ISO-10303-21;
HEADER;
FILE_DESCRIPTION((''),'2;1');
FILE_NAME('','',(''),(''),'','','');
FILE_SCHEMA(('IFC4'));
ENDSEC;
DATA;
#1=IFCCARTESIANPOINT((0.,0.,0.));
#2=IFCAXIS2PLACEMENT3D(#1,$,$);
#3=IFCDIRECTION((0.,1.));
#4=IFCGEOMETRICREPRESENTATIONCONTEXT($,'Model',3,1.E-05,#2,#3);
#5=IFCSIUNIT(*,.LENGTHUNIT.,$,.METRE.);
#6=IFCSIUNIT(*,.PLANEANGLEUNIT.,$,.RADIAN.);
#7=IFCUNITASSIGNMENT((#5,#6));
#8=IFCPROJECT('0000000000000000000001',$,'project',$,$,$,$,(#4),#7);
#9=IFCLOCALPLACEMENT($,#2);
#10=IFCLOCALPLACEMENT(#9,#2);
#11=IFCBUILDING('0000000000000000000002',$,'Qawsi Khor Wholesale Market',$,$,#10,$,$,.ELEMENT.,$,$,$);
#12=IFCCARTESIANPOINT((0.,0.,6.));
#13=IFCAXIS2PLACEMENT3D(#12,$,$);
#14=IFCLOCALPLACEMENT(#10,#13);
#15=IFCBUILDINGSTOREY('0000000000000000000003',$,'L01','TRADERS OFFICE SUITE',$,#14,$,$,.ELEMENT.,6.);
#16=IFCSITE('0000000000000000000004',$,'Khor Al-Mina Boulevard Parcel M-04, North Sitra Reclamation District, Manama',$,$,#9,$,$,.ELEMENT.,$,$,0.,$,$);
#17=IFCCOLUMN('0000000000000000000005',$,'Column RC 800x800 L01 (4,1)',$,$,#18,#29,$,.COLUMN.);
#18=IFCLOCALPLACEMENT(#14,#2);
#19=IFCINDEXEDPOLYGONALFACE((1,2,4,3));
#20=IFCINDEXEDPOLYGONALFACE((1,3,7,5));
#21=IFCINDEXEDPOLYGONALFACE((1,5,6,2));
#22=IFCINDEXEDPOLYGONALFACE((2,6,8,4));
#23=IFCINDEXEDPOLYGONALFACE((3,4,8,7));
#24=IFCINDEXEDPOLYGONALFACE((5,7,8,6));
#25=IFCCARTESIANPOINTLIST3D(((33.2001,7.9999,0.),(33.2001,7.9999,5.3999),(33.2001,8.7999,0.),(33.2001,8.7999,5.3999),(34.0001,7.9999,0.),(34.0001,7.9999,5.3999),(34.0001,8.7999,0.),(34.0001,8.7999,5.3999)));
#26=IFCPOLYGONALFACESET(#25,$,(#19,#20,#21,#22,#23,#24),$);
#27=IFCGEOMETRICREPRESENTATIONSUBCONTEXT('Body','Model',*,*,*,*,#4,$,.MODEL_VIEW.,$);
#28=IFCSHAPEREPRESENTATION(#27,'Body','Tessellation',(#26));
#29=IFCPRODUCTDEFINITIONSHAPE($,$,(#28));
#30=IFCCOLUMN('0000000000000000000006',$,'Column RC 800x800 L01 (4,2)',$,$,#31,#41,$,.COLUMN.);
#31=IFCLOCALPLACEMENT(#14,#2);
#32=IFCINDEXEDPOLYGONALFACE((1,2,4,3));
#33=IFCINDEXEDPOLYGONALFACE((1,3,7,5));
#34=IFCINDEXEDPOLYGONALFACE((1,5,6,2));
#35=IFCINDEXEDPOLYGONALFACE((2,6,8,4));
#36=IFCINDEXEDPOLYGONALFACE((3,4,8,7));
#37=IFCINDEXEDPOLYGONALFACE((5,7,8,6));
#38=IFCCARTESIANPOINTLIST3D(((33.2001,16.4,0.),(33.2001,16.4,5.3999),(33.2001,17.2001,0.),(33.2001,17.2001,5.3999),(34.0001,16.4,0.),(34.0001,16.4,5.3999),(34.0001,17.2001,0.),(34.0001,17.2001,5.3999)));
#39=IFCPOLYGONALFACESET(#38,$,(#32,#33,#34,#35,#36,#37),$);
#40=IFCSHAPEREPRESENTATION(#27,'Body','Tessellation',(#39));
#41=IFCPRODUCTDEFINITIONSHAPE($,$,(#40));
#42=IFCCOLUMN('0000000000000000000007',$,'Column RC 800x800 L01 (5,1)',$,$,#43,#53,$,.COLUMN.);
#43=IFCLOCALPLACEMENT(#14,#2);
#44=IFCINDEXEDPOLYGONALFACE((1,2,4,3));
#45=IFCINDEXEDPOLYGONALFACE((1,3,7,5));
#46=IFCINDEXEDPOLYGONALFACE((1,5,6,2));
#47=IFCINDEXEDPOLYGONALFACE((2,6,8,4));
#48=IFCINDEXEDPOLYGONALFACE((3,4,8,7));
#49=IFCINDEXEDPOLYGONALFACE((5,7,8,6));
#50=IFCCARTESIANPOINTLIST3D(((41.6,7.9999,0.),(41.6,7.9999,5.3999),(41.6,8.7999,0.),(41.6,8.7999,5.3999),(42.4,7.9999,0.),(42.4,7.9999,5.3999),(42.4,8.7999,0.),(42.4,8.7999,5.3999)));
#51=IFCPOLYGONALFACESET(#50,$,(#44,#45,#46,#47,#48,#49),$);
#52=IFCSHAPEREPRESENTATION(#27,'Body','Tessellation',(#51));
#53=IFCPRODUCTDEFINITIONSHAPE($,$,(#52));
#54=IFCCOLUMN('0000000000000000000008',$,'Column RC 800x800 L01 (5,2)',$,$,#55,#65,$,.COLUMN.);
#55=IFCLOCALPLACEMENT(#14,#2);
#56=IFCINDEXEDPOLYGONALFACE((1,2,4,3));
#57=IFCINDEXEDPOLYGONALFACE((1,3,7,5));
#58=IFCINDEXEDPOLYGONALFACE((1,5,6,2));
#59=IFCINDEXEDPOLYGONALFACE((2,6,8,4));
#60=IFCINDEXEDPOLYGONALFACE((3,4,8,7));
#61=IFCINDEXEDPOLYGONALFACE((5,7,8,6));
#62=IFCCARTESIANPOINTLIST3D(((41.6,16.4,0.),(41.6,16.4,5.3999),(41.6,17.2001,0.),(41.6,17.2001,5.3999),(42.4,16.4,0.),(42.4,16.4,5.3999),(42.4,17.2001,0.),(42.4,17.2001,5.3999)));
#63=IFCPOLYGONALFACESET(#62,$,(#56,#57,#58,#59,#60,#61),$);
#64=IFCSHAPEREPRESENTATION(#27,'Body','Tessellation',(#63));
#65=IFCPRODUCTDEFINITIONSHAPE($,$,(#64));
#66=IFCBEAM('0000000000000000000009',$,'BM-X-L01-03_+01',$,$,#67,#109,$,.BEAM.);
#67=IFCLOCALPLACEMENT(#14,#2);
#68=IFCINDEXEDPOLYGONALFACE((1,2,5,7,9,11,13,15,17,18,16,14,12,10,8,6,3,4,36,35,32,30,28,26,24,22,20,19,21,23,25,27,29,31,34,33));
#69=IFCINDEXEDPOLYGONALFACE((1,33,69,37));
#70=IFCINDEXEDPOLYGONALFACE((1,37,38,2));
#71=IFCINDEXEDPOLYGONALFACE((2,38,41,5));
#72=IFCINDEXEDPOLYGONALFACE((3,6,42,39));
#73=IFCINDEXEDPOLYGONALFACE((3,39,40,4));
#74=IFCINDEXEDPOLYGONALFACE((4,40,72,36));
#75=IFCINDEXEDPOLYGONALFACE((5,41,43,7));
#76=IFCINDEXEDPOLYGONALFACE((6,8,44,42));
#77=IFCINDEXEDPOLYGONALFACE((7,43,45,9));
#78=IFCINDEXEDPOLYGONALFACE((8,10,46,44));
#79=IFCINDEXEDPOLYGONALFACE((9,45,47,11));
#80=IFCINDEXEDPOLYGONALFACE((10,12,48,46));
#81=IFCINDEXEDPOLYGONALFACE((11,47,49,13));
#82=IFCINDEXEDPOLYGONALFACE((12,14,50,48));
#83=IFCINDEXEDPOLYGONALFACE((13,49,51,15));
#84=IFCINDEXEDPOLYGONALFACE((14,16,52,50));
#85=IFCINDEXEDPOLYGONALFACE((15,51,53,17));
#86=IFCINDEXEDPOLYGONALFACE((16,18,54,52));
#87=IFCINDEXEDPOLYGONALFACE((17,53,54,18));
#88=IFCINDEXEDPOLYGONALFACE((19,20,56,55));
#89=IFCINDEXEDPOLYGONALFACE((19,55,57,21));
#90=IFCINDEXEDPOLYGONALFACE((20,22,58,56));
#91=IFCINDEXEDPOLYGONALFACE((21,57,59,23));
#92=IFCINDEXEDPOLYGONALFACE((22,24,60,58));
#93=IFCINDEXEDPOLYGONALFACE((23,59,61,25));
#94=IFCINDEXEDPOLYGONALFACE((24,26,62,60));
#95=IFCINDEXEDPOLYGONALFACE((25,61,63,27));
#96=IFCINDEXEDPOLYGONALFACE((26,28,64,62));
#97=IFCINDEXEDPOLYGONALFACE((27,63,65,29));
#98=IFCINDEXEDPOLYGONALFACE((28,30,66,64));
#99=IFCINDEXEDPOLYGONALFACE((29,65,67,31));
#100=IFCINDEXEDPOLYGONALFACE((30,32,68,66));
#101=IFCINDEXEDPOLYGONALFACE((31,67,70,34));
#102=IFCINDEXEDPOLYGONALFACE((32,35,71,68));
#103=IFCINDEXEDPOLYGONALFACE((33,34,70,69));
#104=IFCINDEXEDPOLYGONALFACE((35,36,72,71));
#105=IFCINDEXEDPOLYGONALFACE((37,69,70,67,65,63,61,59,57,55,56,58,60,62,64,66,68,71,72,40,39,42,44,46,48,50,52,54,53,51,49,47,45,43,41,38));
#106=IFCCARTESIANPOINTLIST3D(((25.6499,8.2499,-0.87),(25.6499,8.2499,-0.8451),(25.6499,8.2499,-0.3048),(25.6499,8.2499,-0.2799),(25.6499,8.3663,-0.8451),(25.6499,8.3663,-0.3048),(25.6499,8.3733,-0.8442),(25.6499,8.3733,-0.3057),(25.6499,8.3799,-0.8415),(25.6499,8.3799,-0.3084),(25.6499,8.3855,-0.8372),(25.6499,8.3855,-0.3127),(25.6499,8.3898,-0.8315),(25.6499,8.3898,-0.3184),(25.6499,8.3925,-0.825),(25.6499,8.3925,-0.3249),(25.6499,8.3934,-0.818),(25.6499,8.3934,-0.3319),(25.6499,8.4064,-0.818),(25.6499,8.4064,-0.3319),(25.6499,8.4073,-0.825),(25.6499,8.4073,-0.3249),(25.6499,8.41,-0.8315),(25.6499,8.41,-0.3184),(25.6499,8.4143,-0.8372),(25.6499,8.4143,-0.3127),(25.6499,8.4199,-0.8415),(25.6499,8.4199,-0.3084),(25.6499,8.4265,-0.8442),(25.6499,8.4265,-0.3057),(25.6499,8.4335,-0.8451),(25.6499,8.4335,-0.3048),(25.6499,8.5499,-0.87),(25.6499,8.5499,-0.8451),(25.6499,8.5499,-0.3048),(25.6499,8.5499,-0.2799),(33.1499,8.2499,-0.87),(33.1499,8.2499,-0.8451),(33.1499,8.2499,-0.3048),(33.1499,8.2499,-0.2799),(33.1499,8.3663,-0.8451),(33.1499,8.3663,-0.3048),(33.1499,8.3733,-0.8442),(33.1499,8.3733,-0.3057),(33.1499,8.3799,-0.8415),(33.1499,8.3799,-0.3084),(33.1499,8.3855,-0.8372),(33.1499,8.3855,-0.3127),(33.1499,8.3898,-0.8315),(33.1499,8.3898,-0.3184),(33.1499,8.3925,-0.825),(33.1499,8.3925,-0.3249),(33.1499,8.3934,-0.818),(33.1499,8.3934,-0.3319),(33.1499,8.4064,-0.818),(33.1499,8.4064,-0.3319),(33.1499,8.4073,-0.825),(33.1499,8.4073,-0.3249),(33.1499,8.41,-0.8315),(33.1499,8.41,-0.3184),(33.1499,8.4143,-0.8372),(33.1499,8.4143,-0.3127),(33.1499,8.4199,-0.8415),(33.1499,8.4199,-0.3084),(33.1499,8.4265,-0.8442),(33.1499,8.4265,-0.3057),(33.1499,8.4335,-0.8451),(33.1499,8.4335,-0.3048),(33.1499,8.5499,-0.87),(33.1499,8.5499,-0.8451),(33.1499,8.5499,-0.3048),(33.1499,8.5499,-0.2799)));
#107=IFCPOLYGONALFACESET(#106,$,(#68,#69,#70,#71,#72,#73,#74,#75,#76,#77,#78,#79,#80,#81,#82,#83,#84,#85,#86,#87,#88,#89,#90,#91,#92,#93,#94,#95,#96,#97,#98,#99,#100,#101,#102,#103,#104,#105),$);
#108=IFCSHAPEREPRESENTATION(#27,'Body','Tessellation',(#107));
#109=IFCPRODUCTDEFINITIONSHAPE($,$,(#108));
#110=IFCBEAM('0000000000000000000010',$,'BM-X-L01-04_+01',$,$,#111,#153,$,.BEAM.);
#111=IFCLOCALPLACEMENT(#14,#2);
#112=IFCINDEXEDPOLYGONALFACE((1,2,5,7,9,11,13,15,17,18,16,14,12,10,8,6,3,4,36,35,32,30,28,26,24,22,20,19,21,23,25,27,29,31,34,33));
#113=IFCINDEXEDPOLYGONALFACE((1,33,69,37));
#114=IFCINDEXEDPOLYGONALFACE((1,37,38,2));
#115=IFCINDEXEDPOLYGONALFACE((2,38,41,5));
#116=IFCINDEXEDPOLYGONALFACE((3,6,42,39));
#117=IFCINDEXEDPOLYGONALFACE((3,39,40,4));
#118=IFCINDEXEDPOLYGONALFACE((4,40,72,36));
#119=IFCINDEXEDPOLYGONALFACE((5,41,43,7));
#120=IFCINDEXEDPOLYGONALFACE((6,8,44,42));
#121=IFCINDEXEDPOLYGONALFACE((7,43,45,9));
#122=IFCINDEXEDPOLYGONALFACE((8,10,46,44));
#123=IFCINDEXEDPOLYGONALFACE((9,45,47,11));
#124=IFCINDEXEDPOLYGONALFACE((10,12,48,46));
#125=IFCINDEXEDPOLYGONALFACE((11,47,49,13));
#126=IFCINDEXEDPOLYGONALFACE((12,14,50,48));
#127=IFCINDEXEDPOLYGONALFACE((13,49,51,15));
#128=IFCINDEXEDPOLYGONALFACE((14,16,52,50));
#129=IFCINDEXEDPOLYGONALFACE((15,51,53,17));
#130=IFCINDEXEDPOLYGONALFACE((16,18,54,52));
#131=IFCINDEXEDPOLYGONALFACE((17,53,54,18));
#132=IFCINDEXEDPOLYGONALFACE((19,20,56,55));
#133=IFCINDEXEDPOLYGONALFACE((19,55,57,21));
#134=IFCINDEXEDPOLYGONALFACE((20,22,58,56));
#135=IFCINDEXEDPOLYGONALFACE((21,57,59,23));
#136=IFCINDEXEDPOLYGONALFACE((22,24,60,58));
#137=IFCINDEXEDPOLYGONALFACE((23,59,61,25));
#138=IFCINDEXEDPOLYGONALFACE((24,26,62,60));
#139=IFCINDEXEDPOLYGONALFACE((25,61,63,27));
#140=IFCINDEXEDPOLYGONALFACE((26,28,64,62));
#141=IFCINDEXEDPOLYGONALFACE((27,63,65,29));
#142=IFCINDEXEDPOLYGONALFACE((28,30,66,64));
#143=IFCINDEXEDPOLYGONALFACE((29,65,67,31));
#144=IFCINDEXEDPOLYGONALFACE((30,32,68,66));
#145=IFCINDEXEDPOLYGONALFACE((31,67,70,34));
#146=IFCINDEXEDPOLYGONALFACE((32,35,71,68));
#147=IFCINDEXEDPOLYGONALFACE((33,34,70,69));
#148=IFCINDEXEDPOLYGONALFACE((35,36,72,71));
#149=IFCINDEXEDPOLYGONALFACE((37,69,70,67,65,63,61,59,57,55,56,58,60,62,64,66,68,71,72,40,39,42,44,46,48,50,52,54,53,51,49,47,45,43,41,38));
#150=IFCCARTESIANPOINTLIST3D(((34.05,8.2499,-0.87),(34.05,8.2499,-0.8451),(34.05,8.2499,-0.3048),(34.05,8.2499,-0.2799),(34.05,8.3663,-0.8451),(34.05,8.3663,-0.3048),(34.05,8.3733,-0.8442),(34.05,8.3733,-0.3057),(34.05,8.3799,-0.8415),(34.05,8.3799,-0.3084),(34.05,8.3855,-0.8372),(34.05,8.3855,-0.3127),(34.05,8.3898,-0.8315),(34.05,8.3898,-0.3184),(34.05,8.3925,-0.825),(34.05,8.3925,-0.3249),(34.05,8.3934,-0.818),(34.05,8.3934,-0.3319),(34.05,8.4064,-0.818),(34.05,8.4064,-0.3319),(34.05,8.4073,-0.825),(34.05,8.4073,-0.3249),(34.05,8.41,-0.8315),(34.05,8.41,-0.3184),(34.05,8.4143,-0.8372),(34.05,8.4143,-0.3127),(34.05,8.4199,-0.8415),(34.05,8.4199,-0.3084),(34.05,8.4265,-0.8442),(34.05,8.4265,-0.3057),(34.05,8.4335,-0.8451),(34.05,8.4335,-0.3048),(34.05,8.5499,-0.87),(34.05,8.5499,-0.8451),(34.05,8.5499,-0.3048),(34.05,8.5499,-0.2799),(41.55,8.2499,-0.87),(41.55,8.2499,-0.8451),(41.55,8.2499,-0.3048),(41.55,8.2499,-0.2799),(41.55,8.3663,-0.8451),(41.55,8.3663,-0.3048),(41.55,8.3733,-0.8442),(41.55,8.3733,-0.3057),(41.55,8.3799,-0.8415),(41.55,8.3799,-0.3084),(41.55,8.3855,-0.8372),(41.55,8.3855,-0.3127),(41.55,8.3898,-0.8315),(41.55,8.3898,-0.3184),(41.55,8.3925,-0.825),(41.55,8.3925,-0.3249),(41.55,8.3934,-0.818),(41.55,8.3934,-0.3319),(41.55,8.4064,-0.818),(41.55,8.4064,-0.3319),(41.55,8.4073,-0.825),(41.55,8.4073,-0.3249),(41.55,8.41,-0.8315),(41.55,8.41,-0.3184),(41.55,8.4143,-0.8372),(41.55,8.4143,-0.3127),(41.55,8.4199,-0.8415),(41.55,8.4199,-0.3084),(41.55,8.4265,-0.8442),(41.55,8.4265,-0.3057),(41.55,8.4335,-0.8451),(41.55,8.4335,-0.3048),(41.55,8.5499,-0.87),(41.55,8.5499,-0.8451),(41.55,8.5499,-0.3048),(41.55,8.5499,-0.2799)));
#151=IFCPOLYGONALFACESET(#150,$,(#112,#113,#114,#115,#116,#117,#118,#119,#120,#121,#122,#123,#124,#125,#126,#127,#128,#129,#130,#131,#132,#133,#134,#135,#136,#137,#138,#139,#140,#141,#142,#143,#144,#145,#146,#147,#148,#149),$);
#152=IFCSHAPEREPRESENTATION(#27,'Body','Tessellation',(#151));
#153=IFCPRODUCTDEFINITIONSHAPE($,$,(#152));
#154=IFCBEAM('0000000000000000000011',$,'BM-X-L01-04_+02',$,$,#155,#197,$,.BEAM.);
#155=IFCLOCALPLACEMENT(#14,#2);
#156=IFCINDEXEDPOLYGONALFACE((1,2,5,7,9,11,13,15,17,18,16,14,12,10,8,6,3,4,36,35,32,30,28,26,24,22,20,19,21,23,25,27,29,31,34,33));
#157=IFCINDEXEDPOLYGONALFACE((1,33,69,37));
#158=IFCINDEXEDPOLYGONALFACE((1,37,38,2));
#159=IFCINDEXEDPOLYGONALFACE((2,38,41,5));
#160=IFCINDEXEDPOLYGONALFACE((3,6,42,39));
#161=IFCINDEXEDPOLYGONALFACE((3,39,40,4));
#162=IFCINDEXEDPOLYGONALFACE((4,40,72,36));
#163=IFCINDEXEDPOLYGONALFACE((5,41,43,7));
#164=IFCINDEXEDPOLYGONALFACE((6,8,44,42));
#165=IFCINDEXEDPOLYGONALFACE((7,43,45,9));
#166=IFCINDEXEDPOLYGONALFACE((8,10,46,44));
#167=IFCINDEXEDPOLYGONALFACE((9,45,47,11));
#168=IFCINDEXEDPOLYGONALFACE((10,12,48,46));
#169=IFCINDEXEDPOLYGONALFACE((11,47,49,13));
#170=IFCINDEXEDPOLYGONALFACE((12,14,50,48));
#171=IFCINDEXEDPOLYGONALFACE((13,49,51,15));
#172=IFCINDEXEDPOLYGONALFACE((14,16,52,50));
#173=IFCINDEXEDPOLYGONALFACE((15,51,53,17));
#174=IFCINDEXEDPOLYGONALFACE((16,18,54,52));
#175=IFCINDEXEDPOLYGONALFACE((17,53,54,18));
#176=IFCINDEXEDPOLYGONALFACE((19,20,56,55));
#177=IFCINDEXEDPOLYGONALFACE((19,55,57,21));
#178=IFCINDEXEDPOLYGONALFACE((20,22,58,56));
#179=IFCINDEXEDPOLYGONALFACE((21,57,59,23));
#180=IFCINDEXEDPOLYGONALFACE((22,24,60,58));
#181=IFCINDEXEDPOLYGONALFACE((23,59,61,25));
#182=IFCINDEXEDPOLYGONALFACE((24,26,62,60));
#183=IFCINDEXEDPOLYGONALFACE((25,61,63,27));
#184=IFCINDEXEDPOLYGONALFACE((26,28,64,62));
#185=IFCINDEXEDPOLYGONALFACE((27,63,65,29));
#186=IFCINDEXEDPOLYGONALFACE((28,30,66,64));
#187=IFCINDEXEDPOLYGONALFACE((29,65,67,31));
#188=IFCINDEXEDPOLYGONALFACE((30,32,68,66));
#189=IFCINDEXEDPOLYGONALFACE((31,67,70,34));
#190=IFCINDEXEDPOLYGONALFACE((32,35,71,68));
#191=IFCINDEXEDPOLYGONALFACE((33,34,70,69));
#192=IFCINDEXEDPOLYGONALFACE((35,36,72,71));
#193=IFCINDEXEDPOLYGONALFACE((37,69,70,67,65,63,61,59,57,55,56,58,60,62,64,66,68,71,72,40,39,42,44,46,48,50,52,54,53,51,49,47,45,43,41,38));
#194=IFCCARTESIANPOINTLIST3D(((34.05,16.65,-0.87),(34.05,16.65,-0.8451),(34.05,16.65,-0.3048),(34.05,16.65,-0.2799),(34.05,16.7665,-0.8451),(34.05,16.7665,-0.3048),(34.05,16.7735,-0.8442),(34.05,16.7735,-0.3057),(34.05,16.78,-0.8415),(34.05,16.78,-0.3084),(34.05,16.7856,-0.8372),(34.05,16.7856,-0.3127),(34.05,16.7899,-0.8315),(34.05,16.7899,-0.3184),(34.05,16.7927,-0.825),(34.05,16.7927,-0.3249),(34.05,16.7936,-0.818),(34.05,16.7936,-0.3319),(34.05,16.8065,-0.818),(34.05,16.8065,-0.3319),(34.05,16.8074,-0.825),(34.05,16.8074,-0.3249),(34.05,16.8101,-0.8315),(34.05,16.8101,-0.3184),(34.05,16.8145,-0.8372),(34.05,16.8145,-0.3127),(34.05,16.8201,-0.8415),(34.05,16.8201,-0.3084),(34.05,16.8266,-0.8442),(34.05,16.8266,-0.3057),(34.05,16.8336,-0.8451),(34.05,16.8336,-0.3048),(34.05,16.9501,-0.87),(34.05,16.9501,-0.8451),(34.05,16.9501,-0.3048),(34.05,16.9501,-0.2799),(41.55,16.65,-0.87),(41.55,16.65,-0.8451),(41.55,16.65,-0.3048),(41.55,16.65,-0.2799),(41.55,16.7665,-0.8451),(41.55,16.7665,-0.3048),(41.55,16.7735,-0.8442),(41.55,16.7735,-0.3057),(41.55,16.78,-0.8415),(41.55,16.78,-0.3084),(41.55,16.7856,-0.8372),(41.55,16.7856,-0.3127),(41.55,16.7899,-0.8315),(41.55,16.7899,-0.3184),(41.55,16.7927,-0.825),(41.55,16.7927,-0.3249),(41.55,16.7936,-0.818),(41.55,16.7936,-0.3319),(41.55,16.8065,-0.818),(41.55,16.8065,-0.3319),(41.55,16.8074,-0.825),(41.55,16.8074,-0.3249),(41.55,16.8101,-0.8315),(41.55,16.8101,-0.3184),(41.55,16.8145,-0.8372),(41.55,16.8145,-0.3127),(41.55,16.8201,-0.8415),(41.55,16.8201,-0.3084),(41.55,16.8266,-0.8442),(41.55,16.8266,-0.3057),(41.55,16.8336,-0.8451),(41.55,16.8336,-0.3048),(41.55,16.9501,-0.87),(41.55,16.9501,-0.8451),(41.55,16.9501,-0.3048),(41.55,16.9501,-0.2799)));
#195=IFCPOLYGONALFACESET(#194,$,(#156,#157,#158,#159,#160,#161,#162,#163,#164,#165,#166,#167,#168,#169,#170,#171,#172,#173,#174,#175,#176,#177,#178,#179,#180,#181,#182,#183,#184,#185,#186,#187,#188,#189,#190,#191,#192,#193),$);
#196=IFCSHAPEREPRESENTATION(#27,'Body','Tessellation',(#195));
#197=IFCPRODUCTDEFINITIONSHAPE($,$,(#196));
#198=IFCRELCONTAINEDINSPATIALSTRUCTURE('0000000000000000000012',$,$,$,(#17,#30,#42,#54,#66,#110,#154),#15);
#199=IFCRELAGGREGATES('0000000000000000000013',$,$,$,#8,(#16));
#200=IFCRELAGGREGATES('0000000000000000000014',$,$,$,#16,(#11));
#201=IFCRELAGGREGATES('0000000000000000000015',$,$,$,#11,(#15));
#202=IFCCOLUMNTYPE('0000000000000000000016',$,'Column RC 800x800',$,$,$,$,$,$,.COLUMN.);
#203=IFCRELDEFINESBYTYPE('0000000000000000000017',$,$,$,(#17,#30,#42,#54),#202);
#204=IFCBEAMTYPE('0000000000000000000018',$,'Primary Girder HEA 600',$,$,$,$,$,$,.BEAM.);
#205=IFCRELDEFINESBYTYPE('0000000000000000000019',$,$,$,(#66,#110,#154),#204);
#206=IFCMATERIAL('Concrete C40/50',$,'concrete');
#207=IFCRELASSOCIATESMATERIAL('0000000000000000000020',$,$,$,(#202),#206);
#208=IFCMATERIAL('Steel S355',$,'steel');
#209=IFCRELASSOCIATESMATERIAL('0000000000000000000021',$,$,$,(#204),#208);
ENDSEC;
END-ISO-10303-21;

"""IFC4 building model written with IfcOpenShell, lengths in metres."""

from ifc_helpers import new_model, si_unit, direction, frame, origin, origin_2d, place, context, subcontext, project, spatial, rectangle, i_section, extrude, material, material_profile, profile_set, type_object, element, save


model = new_model("IFC4")

# Units and contexts
model_context = context("Model", 3, precision=1e-05, world=origin(), true_north=direction((0.0, 1.0)))
body_context = subcontext(model_context, "Body", "Model", "MODEL_VIEW")
ifc_project = project(units=[si_unit("LENGTHUNIT", "METRE"), si_unit("PLANEANGLEUNIT", "RADIAN")], contexts=[model_context])

# Site, building, storey
site_placement = place(None, origin())
site = spatial("IfcSite", under=ifc_project, at=site_placement, Name="Khor Al-Mina Boulevard Parcel M-04, North Sitra Reclamation District, Manama", CompositionType="ELEMENT", RefElevation=0.0)
building_placement = place(site_placement, origin())
building = spatial("IfcBuilding", under=site, at=building_placement, Name="Qawsi Khor Wholesale Market", CompositionType="ELEMENT")
storey_placement = place(building_placement, frame((0.0, 0.0, 6.0)))
storey = spatial("IfcBuildingStorey", under=building, at=storey_placement, Name="L01", Description="TRADERS OFFICE SUITE", CompositionType="ELEMENT", Elevation=6.0)

# Columns
ifc_material_1 = material(Name="Concrete C40/50", Category="concrete")
ifc_material_profile_1 = material_profile(ifc_material_1, rectangle(XDim=0.8, YDim=0.8, at=origin_2d()), Name="RC 800x800")
ifc_profile_set_1 = profile_set([ifc_material_profile_1], Name="Concrete C40/50")
column_type = type_object("IfcColumnType", Name="Column RC 800x800", PredefinedType="COLUMN", material=ifc_profile_set_1)
for number, where, z_axis, x_axis, name in (
    (1, (33.6001, 8.3999, 0.0), (0.0, 0.0, 1.0), (1.0, 0.0, 0.0), "Column RC 800x800 L01 (4,1)"),
    (2, (33.6001, 16.8, 0.0), (0.0, 0.0, 1.0), (1.0, 0.0, 0.0), "Column RC 800x800 L01 (4,2)"),
    (3, (42.0, 8.3999, 0.0), (0.0, 0.0, 1.0), (1.0, 0.0, 0.0), "Column RC 800x800 L01 (5,1)"),
    (4, (42.0, 16.8, 0.0), (0.0, 0.0, 1.0), (1.0, 0.0, 0.0), "Column RC 800x800 L01 (5,2)"),
):
    element("IfcColumn", number, at=place(storey_placement, frame(where, z_axis=z_axis, x_axis=x_axis)), inside=storey, type_object=column_type, Name=name, PredefinedType="COLUMN", context=body_context, shape_type="SweptSolid", body=[
        extrude(rectangle(XDim=0.8, YDim=0.8, at=origin_2d()), origin(), (0.0, 0.0, 1.0), 5.3999),
    ])

# Beams
ifc_material_2 = material(Name="Steel S355", Category="steel")
ifc_material_profile_2 = material_profile(ifc_material_2, i_section(OverallWidth=0.3, OverallDepth=0.5901, WebThickness=0.0129, FlangeThickness=0.0249, FilletRadius=0.0271, at=origin_2d()), Name="HEA 600")
ifc_profile_set_2 = profile_set([ifc_material_profile_2], Name="Steel S355")
beam_type_1 = type_object("IfcBeamType", Name="Primary Girder HEA 600", PredefinedType="BEAM", material=ifc_profile_set_2)
for number, where, z_axis, x_axis, name in (
    (5, (25.6499, 8.3999, -0.575), (1.0, 0.0, 0.0), (0.0, 1.0, 0.0), "BM-X-L01-03_+01"),
    (6, (34.05, 8.3999, -0.575), (1.0, 0.0, 0.0), (0.0, 1.0, 0.0), "BM-X-L01-04_+01"),
    (7, (34.05, 16.8, -0.575), (1.0, 0.0, 0.0), (0.0, 1.0, 0.0), "BM-X-L01-04_+02"),
):
    element("IfcBeam", number, at=place(storey_placement, frame(where, z_axis=z_axis, x_axis=x_axis)), inside=storey, type_object=beam_type_1, Name=name, PredefinedType="BEAM", context=body_context, shape_type="SweptSolid", body=[
        extrude(i_section(OverallWidth=0.3, OverallDepth=0.5901, WebThickness=0.0129, FlangeThickness=0.0249, FilletRadius=0.0271, at=origin_2d()), origin(), (0.0, 0.0, 1.0), 7.5),
    ])

save(model, "model.ifc")
